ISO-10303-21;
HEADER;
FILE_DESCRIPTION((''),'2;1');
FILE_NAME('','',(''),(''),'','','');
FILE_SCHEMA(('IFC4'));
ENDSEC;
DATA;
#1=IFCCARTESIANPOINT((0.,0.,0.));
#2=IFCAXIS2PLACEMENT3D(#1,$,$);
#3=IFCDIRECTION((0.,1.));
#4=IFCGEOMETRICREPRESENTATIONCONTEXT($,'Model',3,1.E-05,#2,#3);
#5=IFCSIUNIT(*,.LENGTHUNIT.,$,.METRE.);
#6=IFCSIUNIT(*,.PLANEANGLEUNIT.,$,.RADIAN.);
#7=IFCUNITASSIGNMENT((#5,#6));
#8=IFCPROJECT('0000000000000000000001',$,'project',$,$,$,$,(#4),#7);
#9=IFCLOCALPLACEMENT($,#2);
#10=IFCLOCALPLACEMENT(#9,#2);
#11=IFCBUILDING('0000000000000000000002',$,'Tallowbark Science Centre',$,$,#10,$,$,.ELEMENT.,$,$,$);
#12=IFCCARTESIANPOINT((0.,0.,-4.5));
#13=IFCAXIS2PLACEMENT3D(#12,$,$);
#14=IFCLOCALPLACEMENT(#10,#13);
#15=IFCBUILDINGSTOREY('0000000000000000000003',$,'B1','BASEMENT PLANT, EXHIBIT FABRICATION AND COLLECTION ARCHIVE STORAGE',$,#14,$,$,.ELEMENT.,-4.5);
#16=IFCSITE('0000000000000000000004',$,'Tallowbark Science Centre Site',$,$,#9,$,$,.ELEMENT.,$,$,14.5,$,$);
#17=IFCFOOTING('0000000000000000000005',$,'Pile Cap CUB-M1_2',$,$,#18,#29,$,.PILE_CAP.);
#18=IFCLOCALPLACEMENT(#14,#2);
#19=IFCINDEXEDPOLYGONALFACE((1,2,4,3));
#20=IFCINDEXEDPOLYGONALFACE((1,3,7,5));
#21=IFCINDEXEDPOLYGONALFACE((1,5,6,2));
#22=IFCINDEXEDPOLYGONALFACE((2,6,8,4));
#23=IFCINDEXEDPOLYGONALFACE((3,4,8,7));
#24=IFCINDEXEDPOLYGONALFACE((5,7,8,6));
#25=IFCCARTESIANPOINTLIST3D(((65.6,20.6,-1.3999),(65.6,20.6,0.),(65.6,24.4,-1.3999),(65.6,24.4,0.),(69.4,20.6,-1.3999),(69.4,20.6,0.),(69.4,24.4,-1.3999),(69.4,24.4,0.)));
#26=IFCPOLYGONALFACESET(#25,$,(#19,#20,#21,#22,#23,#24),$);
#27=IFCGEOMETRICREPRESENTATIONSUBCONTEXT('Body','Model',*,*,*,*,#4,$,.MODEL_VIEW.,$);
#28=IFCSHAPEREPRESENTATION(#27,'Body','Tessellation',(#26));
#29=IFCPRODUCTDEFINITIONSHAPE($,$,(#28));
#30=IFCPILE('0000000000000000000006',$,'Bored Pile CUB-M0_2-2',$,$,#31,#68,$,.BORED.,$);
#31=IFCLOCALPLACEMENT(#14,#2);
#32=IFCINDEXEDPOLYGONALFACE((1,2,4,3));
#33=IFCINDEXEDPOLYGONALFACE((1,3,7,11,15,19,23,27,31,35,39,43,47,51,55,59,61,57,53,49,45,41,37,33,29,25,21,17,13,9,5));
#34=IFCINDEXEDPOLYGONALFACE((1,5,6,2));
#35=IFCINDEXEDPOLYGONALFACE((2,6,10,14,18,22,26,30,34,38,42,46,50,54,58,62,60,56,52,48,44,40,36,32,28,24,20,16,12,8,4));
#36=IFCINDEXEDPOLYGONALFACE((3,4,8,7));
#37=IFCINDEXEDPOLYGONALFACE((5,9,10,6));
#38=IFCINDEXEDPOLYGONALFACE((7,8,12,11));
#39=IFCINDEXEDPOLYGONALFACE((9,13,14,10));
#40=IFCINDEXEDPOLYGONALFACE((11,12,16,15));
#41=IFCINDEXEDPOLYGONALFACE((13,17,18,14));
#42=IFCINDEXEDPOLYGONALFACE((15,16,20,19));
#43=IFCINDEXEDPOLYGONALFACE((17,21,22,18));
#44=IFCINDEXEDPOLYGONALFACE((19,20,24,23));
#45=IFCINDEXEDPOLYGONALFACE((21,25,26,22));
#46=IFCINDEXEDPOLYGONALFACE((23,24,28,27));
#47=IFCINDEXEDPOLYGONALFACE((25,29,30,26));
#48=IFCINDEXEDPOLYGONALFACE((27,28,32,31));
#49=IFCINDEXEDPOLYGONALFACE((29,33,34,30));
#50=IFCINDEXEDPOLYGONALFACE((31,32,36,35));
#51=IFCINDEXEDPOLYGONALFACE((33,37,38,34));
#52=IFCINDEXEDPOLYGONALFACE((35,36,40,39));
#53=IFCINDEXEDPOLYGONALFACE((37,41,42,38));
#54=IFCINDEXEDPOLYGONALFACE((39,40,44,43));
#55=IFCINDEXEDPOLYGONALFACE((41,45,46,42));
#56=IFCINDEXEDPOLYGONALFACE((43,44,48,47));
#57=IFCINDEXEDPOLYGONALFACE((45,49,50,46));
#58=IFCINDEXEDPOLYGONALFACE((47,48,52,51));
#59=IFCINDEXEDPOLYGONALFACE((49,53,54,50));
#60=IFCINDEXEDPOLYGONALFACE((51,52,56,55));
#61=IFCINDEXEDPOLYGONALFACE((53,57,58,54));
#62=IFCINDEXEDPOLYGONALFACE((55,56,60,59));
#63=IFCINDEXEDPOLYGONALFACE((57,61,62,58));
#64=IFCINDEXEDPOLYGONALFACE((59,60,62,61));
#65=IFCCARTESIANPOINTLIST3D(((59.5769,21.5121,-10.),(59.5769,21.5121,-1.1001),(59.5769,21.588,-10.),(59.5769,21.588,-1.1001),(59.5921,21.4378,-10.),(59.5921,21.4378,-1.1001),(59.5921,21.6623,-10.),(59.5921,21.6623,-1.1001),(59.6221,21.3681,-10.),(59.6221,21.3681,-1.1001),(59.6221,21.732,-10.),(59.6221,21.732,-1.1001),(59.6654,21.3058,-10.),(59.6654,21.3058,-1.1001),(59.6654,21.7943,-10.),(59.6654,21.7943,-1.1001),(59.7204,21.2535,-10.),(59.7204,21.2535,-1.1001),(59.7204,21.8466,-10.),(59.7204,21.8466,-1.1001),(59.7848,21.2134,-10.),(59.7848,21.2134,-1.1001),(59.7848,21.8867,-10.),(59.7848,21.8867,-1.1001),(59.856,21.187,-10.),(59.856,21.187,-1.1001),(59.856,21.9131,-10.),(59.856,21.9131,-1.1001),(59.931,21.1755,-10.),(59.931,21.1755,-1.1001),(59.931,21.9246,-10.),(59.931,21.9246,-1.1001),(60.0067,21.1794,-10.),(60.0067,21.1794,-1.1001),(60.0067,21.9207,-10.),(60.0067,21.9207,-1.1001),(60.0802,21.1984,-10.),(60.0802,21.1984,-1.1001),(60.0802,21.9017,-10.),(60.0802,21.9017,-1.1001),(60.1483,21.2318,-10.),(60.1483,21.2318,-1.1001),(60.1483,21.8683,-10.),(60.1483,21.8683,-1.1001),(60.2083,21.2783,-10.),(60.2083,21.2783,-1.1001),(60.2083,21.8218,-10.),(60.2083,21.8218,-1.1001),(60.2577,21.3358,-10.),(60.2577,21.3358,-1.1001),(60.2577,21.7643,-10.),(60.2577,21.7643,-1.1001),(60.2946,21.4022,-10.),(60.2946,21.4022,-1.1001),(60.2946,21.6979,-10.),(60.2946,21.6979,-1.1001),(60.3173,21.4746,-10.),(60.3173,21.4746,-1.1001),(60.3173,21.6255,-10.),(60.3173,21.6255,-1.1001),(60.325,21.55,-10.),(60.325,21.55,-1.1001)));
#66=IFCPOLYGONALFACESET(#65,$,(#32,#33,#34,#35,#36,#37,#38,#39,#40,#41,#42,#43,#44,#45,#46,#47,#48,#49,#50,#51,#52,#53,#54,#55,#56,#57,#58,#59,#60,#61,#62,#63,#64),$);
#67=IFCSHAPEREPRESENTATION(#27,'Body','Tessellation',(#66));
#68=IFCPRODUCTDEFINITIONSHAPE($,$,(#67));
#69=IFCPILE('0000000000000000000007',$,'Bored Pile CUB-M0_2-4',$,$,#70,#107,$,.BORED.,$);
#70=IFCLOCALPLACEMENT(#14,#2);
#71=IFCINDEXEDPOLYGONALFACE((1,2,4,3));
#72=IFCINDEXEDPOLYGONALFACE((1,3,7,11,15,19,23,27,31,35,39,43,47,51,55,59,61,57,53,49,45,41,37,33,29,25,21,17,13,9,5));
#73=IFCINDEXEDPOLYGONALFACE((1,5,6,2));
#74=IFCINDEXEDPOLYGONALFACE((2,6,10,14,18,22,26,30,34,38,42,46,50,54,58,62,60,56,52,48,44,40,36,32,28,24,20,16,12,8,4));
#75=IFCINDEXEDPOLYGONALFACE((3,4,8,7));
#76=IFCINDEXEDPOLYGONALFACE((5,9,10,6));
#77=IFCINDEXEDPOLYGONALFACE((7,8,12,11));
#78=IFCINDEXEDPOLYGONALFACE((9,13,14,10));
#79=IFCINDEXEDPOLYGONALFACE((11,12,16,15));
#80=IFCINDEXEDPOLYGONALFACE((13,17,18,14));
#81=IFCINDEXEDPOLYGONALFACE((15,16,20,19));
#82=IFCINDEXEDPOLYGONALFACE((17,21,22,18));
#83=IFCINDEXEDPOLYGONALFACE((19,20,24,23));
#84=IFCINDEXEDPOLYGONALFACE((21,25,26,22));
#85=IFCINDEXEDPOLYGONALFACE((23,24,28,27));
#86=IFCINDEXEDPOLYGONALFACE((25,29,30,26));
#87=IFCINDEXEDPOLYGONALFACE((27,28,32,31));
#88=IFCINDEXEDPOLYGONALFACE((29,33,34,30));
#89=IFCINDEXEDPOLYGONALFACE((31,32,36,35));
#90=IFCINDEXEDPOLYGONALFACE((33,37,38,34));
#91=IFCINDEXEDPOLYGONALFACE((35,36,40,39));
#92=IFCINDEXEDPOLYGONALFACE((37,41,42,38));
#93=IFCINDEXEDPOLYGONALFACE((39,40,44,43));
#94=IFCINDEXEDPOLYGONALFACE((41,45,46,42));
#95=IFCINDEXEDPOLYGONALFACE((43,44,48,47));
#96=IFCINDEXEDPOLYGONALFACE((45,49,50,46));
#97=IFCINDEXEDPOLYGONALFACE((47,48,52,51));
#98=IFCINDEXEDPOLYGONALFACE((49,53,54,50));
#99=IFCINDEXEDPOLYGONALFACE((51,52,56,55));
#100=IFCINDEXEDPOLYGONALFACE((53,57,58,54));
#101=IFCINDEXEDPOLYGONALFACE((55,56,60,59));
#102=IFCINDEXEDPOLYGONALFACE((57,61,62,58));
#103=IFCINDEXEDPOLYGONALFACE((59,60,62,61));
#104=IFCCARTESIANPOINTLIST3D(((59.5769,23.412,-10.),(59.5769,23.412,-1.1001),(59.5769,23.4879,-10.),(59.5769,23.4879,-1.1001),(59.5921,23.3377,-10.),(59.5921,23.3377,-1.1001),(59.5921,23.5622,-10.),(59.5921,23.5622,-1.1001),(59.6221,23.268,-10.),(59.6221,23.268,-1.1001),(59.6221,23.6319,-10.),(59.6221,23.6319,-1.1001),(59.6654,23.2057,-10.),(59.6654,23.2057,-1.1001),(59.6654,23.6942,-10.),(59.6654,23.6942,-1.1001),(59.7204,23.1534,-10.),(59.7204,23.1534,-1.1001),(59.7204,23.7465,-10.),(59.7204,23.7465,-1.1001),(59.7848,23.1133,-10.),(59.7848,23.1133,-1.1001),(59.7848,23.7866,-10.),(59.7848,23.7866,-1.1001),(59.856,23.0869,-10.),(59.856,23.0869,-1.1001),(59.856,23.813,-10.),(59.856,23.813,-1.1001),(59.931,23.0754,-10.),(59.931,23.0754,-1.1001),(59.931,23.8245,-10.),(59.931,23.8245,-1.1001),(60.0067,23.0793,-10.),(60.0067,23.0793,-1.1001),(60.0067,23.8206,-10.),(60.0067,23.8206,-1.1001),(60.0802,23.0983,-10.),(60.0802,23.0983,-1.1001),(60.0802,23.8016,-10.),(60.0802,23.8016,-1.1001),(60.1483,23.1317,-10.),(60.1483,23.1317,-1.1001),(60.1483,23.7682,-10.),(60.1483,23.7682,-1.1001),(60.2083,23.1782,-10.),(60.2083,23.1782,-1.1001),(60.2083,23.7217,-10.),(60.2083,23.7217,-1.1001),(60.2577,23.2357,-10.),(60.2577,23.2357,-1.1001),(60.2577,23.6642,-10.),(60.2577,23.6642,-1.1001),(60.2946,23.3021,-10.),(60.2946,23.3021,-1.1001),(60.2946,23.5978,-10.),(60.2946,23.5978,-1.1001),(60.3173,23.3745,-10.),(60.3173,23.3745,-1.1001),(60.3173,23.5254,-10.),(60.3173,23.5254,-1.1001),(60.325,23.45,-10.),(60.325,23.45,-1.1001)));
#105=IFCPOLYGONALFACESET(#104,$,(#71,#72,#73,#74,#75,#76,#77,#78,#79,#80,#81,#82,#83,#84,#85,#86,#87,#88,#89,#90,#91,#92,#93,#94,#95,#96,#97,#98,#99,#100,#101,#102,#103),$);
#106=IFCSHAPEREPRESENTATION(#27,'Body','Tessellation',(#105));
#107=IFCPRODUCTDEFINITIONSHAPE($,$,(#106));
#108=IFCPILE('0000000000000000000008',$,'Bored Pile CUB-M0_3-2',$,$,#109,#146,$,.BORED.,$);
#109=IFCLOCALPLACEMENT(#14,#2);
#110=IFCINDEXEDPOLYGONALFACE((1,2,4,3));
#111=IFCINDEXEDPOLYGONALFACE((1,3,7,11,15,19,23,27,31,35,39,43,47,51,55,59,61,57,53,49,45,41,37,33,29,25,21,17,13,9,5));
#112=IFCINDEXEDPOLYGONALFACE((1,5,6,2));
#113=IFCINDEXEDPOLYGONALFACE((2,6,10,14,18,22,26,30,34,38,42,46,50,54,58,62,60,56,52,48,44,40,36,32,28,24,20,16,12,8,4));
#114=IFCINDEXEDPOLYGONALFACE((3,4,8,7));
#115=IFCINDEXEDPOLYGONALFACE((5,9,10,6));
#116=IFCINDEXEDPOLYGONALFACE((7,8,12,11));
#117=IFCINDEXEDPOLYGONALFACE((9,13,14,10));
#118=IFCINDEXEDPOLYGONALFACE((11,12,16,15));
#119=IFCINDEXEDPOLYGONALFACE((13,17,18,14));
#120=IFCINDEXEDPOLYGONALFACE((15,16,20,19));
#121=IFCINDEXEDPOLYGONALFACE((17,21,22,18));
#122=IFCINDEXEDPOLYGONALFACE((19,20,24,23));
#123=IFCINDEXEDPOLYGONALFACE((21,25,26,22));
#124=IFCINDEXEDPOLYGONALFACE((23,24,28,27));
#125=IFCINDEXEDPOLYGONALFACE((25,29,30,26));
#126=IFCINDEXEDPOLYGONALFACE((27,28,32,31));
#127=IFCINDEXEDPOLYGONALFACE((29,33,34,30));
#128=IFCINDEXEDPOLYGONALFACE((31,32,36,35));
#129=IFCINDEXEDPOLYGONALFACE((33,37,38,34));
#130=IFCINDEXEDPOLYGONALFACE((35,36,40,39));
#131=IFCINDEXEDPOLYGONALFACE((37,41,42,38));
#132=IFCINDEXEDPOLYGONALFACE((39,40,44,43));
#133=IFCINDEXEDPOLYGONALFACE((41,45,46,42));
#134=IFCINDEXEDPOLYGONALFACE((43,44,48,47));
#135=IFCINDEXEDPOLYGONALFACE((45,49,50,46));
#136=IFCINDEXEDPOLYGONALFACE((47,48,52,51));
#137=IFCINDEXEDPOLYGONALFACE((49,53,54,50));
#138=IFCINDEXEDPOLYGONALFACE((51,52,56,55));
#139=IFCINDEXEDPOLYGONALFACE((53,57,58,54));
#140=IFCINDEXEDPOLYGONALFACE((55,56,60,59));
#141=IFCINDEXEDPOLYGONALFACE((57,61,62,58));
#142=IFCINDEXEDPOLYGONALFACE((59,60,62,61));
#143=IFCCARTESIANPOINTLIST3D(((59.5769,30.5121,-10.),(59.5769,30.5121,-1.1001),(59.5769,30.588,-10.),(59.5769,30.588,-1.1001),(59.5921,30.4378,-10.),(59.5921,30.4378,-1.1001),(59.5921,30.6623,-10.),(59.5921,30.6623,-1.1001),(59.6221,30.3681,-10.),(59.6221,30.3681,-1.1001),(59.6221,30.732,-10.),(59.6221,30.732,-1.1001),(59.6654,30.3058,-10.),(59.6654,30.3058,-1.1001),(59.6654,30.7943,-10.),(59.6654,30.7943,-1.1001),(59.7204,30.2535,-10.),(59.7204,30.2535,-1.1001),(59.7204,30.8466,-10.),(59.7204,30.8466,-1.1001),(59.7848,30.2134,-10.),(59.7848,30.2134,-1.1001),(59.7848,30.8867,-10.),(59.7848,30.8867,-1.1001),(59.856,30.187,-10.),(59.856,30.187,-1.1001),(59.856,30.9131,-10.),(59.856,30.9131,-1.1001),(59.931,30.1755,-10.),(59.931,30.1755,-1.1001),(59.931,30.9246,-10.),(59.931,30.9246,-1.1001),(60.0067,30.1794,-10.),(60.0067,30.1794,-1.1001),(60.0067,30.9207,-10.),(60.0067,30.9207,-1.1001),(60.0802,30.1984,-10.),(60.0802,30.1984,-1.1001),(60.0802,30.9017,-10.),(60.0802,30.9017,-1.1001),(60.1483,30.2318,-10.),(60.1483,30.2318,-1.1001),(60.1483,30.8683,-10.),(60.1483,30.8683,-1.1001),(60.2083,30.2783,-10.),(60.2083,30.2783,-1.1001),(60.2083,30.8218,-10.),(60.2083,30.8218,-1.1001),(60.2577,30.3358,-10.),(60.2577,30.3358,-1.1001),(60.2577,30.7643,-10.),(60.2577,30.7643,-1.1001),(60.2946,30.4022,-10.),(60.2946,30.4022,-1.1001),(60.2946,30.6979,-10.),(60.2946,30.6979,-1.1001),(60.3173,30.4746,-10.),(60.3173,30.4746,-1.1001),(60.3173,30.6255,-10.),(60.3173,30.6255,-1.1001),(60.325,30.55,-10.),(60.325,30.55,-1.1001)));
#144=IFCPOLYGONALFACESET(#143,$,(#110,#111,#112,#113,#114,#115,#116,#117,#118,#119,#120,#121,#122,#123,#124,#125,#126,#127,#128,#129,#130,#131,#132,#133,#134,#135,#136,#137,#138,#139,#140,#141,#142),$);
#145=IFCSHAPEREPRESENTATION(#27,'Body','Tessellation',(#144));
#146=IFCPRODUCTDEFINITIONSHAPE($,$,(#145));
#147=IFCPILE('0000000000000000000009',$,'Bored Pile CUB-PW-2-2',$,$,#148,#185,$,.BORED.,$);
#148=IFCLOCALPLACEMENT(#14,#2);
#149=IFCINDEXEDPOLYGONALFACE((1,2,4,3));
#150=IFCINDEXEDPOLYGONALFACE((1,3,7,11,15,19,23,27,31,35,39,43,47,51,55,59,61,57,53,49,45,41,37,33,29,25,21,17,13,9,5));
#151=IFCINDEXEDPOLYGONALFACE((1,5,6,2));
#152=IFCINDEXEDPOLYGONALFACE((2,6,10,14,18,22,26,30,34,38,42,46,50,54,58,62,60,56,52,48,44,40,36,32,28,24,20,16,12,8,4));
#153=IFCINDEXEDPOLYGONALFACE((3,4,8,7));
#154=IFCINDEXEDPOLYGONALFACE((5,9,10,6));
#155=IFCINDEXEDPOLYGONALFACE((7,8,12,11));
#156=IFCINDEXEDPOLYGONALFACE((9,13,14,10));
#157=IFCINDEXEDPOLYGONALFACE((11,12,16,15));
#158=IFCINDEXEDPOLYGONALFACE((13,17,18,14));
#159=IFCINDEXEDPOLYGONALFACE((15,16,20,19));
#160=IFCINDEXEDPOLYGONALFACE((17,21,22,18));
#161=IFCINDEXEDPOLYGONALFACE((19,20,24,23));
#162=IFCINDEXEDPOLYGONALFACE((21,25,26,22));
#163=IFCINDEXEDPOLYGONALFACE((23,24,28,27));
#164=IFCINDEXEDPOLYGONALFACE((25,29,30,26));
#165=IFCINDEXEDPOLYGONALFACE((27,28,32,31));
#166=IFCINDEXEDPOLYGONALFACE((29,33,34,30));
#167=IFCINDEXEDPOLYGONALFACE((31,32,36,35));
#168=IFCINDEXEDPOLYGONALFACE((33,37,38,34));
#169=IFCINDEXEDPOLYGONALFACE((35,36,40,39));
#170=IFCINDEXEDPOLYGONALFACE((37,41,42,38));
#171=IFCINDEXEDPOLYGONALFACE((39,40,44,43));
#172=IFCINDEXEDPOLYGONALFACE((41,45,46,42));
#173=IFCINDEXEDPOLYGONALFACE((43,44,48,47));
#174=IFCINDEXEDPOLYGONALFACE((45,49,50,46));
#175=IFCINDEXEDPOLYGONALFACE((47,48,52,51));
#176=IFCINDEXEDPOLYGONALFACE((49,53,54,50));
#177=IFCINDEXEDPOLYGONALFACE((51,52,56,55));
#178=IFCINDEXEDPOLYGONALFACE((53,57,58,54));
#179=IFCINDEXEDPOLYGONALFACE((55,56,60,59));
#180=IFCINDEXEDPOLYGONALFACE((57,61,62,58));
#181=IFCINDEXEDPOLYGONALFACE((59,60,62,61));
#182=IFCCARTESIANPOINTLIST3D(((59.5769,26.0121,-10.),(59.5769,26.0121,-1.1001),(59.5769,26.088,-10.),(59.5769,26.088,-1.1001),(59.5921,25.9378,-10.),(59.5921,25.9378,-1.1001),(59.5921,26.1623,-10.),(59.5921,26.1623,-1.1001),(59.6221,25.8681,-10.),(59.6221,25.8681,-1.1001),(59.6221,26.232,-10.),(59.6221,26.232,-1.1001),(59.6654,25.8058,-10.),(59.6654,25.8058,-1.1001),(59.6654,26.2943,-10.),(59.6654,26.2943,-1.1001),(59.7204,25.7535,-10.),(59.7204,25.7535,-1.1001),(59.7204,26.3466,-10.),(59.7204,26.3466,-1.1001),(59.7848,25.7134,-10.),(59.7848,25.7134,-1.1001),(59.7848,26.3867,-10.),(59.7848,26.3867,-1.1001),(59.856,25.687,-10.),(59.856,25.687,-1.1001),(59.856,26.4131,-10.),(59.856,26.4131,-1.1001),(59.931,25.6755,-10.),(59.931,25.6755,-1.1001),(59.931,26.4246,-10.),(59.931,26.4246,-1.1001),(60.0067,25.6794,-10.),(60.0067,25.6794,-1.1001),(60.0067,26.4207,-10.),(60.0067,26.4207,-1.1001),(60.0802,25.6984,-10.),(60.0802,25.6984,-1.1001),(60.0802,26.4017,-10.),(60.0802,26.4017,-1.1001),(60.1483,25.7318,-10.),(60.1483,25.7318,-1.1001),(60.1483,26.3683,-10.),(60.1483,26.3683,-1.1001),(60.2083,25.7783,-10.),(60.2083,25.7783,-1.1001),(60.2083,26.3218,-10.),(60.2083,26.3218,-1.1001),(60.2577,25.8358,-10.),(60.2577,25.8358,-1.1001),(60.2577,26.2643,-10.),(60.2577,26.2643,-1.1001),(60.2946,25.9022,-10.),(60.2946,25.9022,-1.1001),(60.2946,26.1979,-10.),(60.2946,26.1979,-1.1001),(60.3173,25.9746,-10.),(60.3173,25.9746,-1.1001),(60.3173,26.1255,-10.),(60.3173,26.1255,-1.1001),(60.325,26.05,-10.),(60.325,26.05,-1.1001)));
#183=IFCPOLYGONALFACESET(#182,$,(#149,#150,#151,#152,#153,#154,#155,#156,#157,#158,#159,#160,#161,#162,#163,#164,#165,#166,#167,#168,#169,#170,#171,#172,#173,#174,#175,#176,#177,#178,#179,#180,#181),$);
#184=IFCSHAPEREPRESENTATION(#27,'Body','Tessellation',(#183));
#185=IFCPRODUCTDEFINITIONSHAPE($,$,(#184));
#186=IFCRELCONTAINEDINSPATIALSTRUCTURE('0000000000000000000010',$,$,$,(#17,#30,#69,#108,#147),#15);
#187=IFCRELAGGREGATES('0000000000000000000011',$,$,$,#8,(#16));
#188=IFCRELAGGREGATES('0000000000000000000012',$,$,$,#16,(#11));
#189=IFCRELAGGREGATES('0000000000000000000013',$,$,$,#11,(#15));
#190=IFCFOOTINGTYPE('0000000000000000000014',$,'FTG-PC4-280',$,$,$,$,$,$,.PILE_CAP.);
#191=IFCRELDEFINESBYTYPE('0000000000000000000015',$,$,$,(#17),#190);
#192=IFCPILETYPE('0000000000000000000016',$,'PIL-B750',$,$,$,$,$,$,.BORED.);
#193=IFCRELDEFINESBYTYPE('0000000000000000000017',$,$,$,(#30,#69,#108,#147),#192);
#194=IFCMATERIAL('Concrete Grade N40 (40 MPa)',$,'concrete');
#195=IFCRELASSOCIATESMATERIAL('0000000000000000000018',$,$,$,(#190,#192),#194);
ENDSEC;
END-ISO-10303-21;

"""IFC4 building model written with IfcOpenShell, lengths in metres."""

from ifc_helpers import new_model, si_unit, direction, frame, origin, origin_2d, place, context, subcontext, project, spatial, rectangle, circle, extrude, material, material_profile, profile_set, type_object, element, save


model = new_model("IFC4")

# Units and contexts
model_context = context("Model", 3, precision=1e-05, world=origin(), true_north=direction((0.0, 1.0)))
body_context = subcontext(model_context, "Body", "Model", "MODEL_VIEW")
ifc_project = project(units=[si_unit("LENGTHUNIT", "METRE"), si_unit("PLANEANGLEUNIT", "RADIAN")], contexts=[model_context])

# Site, building, storey
site_placement = place(None, origin())
site = spatial("IfcSite", under=ifc_project, at=site_placement, Name="Tallowbark Science Centre Site", CompositionType="ELEMENT", RefElevation=14.5)
building_placement = place(site_placement, origin())
building = spatial("IfcBuilding", under=site, at=building_placement, Name="Tallowbark Science Centre", CompositionType="ELEMENT")
storey_placement = place(building_placement, frame((0.0, 0.0, -4.5)))
storey = spatial("IfcBuildingStorey", under=building, at=storey_placement, Name="B1", Description="BASEMENT PLANT, EXHIBIT FABRICATION AND COLLECTION ARCHIVE STORAGE", CompositionType="ELEMENT", Elevation=-4.5)

# Footing
ifc_material_1 = material(Name="Concrete Grade N40 (40 MPa)", Category="concrete")
footing_type = type_object("IfcFootingType", Name="FTG-PC4-280", PredefinedType="PILE_CAP", material=ifc_material_1)
footing_placement = place(storey_placement, frame((67.5, 22.5, -1.3999), z_axis=(0.0, 0.0, 1.0), x_axis=(1.0, 0.0, 0.0)))
element("IfcFooting", 1, at=footing_placement, inside=storey, type_object=footing_type, Name="Pile Cap CUB-M1_2", PredefinedType="PILE_CAP", context=body_context, shape_type="SweptSolid", body=[
    extrude(rectangle(XDim=3.8, YDim=3.8, at=origin_2d()), origin(), (0.0, 0.0, 1.0), 1.3999),
])

# Piles
ifc_material_profile_1 = material_profile(ifc_material_1, circle(Radius=0.375, at=origin_2d()), Name="PILE750")
ifc_profile_set_1 = profile_set([ifc_material_profile_1], Name="Concrete Grade N40 (40 MPa)")
pile_type_1 = type_object("IfcPileType", Name="PIL-B750", PredefinedType="BORED", material=ifc_profile_set_1)
for number, where, z_axis, x_axis, name in (
    (2, (59.95, 21.55, -1.1001), (0.0, 0.0, -1.0), (1.0, 0.0, 0.0), "Bored Pile CUB-M0_2-2"),
    (3, (59.95, 23.45, -1.1001), (0.0, 0.0, -1.0), (1.0, 0.0, 0.0), "Bored Pile CUB-M0_2-4"),
    (4, (59.95, 30.55, -1.1001), (0.0, 0.0, -1.0), (1.0, 0.0, 0.0), "Bored Pile CUB-M0_3-2"),
    (5, (59.95, 26.05, -1.1001), (0.0, 0.0, -1.0), (1.0, 0.0, 0.0), "Bored Pile CUB-PW-2-2"),
):
    element("IfcPile", number, at=place(storey_placement, frame(where, z_axis=z_axis, x_axis=x_axis)), inside=storey, type_object=pile_type_1, Name=name, PredefinedType="BORED", context=body_context, shape_type="SweptSolid", body=[
        extrude(circle(Radius=0.375, at=origin_2d()), origin(), (0.0, 0.0, 1.0), 8.8999),
    ])

save(model, "model.ifc")
